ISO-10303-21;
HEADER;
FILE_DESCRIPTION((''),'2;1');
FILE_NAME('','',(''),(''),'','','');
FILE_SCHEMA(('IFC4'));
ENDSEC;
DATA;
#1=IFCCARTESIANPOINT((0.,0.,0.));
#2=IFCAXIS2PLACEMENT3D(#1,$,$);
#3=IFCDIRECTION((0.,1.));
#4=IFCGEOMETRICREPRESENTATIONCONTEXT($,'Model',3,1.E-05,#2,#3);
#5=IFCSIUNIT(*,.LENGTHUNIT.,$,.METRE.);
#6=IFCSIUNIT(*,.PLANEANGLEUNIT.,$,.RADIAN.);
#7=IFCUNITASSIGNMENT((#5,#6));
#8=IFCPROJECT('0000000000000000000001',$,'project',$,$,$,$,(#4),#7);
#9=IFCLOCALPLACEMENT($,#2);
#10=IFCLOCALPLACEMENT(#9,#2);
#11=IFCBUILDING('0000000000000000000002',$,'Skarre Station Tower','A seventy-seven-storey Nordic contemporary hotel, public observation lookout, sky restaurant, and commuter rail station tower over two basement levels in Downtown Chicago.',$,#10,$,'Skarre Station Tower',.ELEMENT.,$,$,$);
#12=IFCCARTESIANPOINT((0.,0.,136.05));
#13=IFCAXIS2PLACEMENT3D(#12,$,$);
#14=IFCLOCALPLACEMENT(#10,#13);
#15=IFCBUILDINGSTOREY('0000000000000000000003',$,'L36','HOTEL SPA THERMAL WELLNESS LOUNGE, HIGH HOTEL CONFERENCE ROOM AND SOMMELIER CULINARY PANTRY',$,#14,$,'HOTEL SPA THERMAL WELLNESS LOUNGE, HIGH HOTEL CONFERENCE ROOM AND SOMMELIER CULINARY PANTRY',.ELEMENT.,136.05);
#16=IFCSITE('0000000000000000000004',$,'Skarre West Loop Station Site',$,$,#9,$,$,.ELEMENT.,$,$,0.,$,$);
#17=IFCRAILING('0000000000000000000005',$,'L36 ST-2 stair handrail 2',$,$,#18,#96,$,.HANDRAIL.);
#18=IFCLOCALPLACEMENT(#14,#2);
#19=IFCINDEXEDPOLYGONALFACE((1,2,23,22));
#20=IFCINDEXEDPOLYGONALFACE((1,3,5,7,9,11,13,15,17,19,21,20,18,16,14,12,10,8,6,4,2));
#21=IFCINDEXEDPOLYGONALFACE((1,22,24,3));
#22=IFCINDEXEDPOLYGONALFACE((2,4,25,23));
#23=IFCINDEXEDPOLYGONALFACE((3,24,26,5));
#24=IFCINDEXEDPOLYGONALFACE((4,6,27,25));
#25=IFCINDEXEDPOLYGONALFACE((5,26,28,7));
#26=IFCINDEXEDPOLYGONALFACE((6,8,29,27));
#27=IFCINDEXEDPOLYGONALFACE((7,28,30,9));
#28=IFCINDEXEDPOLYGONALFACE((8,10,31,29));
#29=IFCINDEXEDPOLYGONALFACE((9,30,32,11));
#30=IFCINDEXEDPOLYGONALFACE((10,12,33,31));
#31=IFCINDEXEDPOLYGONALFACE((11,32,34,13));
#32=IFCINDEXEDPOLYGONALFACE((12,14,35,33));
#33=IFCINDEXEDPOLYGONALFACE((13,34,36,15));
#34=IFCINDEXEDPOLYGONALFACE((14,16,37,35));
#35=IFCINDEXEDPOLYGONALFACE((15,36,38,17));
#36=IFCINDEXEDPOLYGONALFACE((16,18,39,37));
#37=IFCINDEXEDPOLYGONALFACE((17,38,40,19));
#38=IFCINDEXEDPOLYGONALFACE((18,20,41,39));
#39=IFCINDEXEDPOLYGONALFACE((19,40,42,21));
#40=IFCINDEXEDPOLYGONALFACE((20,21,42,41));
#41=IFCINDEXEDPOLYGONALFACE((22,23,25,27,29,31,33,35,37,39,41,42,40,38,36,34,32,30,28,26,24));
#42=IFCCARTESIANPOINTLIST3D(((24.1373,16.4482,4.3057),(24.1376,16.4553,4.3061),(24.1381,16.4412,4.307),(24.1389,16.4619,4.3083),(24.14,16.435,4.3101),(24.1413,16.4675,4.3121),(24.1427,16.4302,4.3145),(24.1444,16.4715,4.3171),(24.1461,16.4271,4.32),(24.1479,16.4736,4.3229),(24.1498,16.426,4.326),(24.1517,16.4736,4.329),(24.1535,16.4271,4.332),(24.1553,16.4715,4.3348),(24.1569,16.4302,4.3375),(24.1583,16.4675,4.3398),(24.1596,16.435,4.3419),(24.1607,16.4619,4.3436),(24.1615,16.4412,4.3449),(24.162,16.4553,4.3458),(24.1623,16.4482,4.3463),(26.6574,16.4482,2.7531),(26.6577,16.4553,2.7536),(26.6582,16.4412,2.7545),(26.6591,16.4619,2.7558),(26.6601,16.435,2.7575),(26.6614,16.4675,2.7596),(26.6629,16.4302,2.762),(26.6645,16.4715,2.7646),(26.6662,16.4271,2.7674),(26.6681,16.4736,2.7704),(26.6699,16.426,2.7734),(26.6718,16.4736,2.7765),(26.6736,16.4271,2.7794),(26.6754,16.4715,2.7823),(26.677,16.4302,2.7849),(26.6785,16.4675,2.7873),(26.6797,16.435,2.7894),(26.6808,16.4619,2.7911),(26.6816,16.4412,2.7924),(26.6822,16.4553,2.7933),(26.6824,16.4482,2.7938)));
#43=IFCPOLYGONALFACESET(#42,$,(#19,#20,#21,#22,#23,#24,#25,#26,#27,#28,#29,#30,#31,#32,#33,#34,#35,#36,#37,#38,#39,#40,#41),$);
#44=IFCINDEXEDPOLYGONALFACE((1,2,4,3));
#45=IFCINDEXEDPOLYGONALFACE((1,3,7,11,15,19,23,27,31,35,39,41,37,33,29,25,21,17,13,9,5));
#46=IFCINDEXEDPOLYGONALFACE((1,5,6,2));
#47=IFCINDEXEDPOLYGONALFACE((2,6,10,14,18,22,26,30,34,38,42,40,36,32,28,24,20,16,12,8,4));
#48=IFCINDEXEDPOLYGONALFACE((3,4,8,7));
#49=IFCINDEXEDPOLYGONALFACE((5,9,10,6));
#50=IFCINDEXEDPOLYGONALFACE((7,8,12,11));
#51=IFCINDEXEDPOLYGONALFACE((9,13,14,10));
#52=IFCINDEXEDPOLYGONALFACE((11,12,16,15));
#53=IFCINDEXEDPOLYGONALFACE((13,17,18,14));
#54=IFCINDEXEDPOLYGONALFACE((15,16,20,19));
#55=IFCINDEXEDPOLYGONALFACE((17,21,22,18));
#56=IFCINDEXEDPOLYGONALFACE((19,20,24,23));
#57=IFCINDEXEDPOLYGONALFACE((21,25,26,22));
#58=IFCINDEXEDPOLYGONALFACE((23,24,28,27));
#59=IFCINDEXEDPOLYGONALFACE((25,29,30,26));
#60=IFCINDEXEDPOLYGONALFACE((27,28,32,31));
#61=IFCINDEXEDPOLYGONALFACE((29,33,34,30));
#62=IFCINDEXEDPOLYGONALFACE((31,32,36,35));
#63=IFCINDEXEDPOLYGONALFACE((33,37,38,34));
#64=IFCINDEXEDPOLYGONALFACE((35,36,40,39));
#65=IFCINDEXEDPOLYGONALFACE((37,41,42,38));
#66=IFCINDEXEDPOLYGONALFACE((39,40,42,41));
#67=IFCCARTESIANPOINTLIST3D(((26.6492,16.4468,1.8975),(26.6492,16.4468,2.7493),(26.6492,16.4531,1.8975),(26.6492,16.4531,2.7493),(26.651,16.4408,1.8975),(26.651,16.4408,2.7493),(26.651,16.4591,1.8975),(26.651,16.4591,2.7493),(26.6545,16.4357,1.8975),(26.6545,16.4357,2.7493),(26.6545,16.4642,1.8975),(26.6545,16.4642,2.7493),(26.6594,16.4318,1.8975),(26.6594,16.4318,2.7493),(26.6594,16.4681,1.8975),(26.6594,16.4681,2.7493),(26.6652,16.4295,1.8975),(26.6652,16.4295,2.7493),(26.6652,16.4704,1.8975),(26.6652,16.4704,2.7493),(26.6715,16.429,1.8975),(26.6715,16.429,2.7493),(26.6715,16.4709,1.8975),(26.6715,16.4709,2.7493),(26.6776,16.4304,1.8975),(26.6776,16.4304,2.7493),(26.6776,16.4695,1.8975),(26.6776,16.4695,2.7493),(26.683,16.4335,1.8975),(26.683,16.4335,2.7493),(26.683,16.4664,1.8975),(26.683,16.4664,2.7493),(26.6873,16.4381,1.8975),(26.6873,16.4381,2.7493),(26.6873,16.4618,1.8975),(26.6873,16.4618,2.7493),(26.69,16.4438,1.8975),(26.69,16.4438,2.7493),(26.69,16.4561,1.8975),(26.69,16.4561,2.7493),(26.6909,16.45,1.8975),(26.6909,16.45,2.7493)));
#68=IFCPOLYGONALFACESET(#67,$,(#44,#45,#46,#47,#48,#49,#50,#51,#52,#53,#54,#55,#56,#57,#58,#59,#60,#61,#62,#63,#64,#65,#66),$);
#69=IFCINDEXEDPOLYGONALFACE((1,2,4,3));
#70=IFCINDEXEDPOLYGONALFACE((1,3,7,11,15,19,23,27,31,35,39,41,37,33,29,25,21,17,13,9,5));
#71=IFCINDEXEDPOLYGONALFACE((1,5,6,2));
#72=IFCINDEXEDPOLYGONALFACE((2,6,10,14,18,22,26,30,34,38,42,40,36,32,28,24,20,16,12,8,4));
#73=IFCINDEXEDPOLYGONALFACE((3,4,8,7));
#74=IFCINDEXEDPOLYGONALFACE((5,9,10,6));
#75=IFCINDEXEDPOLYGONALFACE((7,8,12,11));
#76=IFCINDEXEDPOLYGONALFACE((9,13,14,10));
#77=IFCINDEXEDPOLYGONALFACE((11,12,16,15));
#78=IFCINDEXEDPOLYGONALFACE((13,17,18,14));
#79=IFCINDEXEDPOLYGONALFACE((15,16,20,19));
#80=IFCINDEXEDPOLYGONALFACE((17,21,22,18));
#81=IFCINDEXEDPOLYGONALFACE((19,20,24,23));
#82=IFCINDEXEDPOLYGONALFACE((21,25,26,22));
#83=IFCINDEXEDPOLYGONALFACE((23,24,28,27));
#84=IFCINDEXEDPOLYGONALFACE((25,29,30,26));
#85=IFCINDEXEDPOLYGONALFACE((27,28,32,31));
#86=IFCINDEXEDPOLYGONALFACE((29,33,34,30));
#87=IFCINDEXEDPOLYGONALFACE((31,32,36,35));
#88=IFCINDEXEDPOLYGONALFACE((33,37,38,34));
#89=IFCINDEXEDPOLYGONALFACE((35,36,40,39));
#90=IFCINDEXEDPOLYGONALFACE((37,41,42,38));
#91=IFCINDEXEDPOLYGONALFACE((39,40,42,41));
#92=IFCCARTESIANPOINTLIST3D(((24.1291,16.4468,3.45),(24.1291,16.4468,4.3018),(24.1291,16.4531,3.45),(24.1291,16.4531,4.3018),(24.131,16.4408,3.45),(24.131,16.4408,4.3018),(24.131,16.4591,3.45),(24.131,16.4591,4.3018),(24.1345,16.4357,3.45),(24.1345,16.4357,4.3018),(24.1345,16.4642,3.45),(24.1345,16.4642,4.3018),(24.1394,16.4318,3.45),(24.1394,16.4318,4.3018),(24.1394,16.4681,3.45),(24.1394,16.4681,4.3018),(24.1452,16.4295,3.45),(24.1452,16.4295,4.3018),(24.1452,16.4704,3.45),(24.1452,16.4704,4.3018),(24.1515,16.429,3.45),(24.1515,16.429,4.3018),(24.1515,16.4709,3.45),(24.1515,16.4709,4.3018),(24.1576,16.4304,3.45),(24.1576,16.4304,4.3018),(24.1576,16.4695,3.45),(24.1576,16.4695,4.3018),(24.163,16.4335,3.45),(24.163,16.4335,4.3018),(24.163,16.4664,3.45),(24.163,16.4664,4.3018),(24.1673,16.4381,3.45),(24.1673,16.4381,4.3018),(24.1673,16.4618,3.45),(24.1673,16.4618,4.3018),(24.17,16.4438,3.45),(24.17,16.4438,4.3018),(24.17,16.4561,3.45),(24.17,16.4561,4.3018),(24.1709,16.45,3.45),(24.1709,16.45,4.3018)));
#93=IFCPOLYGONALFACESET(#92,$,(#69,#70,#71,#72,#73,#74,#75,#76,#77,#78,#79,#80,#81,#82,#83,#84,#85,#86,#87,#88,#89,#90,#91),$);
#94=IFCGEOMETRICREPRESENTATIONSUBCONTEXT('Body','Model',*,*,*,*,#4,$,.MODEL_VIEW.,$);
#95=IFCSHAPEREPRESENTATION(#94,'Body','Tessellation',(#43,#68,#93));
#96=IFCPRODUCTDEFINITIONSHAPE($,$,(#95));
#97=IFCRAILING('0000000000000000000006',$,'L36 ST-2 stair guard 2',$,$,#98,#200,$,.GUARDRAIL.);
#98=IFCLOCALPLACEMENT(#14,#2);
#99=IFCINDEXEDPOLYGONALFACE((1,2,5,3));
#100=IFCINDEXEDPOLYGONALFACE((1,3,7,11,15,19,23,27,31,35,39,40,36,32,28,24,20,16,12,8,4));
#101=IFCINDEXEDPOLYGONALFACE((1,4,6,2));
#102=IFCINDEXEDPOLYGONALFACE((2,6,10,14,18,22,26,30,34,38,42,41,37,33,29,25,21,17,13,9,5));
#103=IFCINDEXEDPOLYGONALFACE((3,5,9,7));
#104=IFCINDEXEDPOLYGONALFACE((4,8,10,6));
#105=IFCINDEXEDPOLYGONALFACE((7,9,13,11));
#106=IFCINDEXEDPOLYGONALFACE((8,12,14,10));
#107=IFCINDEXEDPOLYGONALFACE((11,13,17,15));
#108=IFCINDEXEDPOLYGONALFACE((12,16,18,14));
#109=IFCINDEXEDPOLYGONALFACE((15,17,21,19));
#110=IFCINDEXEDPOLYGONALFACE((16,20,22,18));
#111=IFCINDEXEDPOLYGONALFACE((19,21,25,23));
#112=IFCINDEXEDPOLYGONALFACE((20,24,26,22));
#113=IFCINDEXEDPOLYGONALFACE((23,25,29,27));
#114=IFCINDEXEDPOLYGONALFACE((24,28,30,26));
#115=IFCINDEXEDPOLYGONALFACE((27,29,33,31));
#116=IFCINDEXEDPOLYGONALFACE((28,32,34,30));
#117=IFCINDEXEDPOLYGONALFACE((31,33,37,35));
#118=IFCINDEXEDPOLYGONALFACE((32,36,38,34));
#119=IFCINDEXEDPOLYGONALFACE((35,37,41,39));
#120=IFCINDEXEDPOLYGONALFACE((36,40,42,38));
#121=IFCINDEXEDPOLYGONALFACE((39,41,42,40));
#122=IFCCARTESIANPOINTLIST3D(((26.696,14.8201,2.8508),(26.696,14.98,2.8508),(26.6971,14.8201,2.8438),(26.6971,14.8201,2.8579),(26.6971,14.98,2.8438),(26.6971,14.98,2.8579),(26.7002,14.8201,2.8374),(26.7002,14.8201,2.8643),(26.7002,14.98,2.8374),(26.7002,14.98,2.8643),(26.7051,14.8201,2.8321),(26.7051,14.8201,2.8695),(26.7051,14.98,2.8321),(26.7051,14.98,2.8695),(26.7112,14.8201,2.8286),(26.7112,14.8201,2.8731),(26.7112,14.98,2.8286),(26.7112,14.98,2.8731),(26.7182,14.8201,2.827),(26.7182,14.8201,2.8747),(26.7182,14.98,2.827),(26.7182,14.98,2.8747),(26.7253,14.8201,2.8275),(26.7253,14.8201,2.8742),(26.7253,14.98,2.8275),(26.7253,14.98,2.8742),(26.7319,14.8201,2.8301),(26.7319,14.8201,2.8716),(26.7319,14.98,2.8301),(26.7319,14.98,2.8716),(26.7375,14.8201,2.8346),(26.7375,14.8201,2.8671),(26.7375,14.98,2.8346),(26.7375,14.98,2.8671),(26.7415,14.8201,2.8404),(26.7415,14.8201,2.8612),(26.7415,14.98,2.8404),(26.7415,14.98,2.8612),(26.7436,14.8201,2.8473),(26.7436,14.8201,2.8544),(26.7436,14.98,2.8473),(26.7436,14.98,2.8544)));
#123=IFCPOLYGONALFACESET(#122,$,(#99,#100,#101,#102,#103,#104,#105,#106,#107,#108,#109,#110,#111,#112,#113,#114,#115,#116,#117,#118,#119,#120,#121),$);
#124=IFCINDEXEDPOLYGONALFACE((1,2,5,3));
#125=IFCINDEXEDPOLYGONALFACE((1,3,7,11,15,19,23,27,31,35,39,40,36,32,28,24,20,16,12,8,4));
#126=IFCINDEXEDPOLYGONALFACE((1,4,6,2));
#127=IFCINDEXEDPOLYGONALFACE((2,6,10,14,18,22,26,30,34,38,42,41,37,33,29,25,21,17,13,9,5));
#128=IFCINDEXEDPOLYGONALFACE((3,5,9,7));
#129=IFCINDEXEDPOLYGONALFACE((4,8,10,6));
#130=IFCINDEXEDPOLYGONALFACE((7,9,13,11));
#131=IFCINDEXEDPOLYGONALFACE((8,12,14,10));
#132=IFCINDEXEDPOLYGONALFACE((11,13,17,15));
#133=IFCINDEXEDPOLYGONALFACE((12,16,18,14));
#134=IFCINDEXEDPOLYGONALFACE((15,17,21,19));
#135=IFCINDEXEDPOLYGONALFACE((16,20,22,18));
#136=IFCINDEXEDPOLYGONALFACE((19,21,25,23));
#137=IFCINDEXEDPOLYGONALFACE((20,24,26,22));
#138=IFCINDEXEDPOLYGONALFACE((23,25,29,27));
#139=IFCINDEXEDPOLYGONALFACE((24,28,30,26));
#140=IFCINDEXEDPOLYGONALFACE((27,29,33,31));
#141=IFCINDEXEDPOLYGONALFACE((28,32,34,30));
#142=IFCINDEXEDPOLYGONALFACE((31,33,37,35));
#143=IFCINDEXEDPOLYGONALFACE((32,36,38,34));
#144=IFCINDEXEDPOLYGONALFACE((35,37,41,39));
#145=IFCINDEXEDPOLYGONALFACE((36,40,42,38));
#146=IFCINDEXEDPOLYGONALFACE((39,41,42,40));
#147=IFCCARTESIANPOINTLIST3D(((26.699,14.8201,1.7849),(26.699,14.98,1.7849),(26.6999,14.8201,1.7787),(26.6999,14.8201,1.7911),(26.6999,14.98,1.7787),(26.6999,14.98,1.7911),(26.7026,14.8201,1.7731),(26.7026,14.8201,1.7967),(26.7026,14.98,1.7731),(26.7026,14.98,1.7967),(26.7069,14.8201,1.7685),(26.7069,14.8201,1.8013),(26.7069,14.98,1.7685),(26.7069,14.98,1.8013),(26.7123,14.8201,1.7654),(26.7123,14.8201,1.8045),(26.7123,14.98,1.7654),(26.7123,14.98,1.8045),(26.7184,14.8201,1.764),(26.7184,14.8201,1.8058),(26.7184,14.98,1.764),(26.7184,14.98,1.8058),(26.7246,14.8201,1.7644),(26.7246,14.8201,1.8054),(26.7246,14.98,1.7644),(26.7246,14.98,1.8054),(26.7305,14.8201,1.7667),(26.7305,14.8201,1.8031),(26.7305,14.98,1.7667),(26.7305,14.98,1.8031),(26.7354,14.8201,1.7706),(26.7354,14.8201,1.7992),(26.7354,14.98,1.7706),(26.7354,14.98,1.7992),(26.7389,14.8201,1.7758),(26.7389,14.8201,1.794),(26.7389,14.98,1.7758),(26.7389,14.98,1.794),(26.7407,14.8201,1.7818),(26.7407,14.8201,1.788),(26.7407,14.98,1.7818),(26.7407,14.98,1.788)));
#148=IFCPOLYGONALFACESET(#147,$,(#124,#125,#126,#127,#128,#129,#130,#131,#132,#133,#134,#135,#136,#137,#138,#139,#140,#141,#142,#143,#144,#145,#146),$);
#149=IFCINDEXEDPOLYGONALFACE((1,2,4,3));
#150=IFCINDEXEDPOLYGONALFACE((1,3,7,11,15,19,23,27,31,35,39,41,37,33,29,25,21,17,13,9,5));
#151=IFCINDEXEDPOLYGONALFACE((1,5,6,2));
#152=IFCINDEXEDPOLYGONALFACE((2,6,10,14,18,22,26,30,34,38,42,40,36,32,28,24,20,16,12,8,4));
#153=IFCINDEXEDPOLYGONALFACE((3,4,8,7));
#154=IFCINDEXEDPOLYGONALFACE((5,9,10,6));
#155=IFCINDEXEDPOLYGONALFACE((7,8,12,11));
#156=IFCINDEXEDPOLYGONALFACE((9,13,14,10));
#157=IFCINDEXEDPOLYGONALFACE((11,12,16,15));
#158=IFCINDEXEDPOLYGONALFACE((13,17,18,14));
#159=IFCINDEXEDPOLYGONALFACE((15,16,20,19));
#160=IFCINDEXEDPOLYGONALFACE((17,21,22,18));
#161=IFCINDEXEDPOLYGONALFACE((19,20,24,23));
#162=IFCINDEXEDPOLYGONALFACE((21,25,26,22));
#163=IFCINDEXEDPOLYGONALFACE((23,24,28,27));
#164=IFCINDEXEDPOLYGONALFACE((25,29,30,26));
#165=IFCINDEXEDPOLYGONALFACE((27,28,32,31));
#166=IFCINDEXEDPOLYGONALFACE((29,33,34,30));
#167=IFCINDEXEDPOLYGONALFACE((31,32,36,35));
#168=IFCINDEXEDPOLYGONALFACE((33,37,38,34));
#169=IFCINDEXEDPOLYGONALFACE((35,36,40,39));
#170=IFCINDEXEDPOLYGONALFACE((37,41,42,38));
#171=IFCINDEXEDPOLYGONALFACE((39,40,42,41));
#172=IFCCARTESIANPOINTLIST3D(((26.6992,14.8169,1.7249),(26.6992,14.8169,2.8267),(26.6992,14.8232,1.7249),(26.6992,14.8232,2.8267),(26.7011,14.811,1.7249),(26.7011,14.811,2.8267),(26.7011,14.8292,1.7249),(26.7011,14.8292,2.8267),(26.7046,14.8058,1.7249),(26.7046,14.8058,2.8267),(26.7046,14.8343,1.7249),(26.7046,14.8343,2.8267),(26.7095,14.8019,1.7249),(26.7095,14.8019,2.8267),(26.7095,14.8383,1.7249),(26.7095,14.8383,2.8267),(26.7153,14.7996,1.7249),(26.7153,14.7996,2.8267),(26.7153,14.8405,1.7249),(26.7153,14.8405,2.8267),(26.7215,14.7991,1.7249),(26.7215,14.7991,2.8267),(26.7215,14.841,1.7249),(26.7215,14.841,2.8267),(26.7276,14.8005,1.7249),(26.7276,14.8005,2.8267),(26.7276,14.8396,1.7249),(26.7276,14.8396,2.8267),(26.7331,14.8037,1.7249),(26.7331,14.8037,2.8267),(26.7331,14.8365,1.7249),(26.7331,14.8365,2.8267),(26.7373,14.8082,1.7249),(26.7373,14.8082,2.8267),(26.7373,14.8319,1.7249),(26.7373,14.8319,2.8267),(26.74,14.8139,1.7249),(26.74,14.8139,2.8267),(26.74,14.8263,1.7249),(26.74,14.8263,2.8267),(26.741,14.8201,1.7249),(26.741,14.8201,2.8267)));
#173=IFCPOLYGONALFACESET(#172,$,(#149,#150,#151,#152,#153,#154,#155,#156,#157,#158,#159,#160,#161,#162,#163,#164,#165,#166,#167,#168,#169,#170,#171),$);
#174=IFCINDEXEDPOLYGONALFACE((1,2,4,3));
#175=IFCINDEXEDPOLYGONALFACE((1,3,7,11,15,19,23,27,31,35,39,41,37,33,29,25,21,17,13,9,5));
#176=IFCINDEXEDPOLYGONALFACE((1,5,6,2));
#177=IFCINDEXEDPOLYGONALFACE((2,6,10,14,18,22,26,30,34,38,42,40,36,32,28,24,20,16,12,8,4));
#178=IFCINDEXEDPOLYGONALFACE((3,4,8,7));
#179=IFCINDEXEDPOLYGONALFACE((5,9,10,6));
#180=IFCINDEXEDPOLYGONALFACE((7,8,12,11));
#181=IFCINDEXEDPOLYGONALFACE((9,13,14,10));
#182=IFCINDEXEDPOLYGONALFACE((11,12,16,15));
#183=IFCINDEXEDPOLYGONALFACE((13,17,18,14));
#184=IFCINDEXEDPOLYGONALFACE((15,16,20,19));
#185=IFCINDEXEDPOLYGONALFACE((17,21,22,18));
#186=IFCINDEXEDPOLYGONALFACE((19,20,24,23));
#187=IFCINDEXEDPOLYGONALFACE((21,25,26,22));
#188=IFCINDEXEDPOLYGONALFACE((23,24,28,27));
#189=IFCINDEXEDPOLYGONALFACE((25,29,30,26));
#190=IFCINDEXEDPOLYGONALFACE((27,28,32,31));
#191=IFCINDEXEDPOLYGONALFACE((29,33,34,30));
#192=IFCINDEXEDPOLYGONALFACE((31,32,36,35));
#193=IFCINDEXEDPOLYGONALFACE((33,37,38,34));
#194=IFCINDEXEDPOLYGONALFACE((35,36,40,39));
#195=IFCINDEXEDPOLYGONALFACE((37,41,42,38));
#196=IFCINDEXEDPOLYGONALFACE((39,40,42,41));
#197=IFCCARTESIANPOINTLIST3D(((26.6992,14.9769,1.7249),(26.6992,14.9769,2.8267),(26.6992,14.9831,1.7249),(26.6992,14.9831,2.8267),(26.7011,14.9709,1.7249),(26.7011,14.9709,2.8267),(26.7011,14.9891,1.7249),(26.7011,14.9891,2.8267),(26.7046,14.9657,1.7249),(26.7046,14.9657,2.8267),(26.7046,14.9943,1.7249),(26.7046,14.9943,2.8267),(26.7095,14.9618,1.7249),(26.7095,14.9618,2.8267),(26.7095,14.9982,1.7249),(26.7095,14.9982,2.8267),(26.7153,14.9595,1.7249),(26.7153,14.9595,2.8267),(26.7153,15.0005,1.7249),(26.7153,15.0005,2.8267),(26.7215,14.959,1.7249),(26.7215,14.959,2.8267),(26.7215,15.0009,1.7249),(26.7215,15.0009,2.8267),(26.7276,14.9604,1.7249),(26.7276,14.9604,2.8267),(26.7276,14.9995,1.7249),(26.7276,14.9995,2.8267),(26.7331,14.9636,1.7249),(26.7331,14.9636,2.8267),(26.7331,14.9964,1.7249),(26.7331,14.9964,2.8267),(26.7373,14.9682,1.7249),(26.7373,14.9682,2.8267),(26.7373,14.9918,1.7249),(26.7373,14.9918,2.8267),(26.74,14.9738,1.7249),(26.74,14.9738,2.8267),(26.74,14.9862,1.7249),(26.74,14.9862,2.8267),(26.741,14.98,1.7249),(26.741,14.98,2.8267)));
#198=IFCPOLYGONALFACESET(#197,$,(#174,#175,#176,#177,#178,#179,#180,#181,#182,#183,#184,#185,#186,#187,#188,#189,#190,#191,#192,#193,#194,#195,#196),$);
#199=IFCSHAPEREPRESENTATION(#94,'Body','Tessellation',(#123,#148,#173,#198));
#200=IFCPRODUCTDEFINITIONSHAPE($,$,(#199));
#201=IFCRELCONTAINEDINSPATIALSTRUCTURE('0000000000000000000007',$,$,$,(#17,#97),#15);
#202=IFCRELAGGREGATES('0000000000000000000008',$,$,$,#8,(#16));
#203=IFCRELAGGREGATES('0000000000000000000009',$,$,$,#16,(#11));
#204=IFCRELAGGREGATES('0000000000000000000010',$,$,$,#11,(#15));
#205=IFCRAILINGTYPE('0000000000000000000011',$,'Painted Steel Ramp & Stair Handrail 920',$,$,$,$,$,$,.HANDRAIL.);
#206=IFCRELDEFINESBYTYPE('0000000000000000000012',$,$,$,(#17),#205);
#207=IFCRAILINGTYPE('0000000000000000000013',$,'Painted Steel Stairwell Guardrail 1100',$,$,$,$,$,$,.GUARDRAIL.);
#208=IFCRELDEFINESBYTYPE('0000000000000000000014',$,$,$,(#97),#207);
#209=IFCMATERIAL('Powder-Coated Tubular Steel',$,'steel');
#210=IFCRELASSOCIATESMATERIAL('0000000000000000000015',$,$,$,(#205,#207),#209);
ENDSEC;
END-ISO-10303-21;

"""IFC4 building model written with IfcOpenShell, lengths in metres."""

from ifc_helpers import new_model, si_unit, direction, frame, origin, origin_2d, place, context, subcontext, project, spatial, circle, extrude, material, type_object, element, save


model = new_model("IFC4")

# Units and contexts
model_context = context("Model", 3, precision=1e-05, world=origin(), true_north=direction((0.0, 1.0)))
body_context = subcontext(model_context, "Body", "Model", "MODEL_VIEW")
ifc_project = project(units=[si_unit("LENGTHUNIT", "METRE"), si_unit("PLANEANGLEUNIT", "RADIAN")], contexts=[model_context])

# Site, building, storey
site_placement = place(None, origin())
site = spatial("IfcSite", under=ifc_project, at=site_placement, Name="Skarre West Loop Station Site", CompositionType="ELEMENT", RefElevation=0.0)
building_placement = place(site_placement, origin())
building = spatial("IfcBuilding", under=site, at=building_placement, Name="Skarre Station Tower", Description="A seventy-seven-storey Nordic contemporary hotel, public observation lookout, sky restaurant, and commuter rail station tower over two basement levels in Downtown Chicago.", LongName="Skarre Station Tower", CompositionType="ELEMENT")
storey_placement = place(building_placement, frame((0.0, 0.0, 136.05)))
storey = spatial("IfcBuildingStorey", under=building, at=storey_placement, Name="L36", Description="HOTEL SPA THERMAL WELLNESS LOUNGE, HIGH HOTEL CONFERENCE ROOM AND SOMMELIER CULINARY PANTRY", LongName="HOTEL SPA THERMAL WELLNESS LOUNGE, HIGH HOTEL CONFERENCE ROOM AND SOMMELIER CULINARY PANTRY", CompositionType="ELEMENT", Elevation=136.05)

# Railings
ifc_material_1 = material(Name="Powder-Coated Tubular Steel", Category="steel")
railing_type_1 = type_object("IfcRailingType", Name="Painted Steel Ramp & Stair Handrail 920", PredefinedType="HANDRAIL", material=ifc_material_1)
railing_1_placement = place(storey_placement, frame((26.6699, 16.45, 1.8975)))
element("IfcRailing", 1, at=railing_1_placement, inside=storey, type_object=railing_type_1, Name="L36 ST-2 stair handrail 2", PredefinedType="HANDRAIL", context=body_context, shape_type="SweptSolid", body=[
    extrude(circle(Radius=0.0239, at=origin_2d()), frame((0.0, 0.0, 0.876), z_axis=(-0.8514, 0.0, 0.524516), x_axis=(0.0, -1.0, 0.0)), (0.0, 0.0, 1.0), 2.96),
    extrude(circle(Radius=0.021, at=origin_2d()), origin(), (0.0, 0.0, 1.0), 0.8518),
    extrude(circle(Radius=0.021, at=origin_2d()), frame((-2.52, 0.0, 1.5525)), (0.0, 0.0, 1.0), 0.8518),
])
railing_type_2 = type_object("IfcRailingType", Name="Painted Steel Stairwell Guardrail 1100", PredefinedType="GUARDRAIL", material=ifc_material_1)
railing_2_placement = place(storey_placement, frame((26.72, 14.8201, 1.7249)))
element("IfcRailing", 2, at=railing_2_placement, inside=storey, type_object=railing_type_2, Name="L36 ST-2 stair guard 2", PredefinedType="GUARDRAIL", context=body_context, shape_type="SweptSolid", body=[
    extrude(circle(Radius=0.0239, at=origin_2d()), frame((0.0, 0.0, 1.126), z_axis=(0.0, 1.0, 0.0), x_axis=(-1.0, 0.0, 0.0)), (0.0, 0.0, 1.0), 0.1599),
    extrude(circle(Radius=0.021, at=origin_2d()), frame((0.0, 0.0, 0.0601), z_axis=(0.0, 1.0, 0.0), x_axis=(-1.0, 0.0, 0.0)), (0.0, 0.0, 1.0), 0.1599),
    extrude(circle(Radius=0.021, at=origin_2d()), origin(), (0.0, 0.0, 1.0), 1.1018),
    extrude(circle(Radius=0.021, at=origin_2d()), frame((0.0, 0.1599, 0.0)), (0.0, 0.0, 1.0), 1.1018),
])

save(model, "model.ifc")
